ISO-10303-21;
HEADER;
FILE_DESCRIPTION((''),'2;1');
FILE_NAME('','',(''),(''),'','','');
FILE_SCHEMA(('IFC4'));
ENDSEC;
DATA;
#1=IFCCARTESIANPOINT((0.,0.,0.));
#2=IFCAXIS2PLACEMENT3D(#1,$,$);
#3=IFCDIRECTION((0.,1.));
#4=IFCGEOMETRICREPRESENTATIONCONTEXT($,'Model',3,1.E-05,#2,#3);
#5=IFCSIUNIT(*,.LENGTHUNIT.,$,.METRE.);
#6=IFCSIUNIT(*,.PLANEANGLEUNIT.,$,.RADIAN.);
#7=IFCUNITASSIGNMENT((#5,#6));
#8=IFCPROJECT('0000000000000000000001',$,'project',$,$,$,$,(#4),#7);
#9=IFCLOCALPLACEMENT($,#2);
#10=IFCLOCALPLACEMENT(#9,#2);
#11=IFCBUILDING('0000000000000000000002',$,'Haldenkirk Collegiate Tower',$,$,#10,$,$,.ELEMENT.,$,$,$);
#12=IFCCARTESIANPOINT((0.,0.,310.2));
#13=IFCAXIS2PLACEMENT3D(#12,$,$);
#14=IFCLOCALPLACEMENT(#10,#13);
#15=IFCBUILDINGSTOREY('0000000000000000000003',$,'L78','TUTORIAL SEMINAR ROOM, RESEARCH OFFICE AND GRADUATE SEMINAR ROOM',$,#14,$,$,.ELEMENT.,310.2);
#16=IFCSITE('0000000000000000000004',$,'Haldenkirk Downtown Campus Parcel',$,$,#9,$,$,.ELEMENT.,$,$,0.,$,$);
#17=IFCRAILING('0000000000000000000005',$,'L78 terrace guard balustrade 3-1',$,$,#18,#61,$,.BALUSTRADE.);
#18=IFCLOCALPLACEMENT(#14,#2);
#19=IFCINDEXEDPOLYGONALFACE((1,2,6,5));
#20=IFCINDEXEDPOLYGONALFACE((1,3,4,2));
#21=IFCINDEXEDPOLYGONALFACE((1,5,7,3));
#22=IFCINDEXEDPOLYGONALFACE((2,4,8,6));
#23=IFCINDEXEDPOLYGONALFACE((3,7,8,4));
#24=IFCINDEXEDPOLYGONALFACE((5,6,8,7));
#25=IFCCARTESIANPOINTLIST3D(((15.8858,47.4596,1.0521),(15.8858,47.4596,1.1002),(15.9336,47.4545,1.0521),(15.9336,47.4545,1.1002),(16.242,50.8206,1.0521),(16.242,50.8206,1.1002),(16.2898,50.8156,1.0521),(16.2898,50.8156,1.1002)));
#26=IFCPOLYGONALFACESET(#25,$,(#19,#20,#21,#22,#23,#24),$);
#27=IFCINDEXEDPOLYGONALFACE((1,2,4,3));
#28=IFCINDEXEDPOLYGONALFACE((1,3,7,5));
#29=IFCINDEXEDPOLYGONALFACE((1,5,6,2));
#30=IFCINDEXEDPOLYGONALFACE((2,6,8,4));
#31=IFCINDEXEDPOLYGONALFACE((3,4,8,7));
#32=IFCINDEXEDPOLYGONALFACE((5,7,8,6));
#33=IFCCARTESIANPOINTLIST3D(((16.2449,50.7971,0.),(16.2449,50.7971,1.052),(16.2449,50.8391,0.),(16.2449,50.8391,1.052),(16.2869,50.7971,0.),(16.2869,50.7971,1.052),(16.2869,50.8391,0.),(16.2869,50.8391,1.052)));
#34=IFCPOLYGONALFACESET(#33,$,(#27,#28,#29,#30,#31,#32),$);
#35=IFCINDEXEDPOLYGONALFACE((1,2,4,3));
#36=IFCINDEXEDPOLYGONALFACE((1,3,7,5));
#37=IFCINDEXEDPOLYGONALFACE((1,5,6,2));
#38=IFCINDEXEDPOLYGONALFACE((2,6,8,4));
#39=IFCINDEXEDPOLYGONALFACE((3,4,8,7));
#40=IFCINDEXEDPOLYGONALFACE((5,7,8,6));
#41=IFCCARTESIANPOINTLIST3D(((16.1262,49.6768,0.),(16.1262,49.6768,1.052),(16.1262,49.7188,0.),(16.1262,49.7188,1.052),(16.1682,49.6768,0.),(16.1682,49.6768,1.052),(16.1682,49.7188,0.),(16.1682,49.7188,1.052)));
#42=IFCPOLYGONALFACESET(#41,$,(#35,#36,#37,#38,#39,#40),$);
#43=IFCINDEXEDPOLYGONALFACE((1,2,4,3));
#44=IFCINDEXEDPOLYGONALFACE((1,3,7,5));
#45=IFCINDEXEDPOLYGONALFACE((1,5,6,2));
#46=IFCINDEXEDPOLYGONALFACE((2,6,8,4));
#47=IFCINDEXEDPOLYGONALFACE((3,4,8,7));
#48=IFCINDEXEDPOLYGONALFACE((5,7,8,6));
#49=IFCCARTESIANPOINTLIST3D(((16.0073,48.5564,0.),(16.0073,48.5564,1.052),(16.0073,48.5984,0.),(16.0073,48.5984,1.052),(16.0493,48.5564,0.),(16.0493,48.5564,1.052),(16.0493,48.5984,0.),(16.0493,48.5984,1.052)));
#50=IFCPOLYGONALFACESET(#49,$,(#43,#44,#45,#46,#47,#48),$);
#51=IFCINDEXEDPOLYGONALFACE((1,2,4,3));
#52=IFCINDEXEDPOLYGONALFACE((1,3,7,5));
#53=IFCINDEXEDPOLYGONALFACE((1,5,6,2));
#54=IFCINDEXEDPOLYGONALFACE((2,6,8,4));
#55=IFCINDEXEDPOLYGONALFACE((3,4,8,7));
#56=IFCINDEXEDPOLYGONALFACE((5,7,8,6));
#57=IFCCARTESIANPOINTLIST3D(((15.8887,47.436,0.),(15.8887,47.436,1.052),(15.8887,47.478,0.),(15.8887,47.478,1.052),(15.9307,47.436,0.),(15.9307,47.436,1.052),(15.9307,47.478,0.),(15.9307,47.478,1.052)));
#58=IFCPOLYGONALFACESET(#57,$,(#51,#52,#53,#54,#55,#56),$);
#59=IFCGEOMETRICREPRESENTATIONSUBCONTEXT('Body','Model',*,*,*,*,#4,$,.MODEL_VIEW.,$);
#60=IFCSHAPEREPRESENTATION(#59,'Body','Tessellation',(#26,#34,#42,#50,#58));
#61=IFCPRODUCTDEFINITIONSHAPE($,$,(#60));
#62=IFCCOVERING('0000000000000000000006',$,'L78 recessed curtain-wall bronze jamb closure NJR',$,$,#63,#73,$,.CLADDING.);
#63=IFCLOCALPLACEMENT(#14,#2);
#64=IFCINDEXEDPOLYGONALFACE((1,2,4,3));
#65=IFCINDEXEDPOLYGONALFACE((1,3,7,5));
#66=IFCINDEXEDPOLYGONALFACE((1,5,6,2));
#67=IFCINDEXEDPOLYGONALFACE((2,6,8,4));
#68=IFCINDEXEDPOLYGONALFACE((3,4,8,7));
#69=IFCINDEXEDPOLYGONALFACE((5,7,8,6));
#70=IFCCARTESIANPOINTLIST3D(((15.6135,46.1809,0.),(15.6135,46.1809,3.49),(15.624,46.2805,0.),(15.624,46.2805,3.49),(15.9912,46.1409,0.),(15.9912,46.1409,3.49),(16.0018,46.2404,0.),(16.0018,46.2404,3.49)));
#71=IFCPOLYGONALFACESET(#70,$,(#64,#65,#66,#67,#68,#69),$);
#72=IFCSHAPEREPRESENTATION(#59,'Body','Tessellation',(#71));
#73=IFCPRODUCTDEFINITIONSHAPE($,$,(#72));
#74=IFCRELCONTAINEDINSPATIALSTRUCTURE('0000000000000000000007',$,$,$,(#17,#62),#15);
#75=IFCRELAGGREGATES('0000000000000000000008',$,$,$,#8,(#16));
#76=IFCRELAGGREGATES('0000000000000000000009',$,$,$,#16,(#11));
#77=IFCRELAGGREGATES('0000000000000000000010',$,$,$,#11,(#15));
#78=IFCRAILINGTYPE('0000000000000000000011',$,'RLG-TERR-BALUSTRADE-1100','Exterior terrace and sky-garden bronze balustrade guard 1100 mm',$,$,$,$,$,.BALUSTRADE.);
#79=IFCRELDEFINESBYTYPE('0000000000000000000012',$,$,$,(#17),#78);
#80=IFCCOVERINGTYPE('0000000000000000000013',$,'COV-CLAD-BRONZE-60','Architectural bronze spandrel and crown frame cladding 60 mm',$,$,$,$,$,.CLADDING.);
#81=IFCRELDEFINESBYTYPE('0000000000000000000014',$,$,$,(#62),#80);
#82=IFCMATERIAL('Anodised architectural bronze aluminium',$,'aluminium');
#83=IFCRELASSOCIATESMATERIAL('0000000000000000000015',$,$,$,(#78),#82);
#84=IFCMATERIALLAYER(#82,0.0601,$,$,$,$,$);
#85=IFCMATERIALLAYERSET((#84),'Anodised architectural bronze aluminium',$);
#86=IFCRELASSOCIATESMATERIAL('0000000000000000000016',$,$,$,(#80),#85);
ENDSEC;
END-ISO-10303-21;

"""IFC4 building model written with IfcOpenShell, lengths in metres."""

from ifc_helpers import new_model, si_unit, direction, frame, origin, origin_2d, place, context, subcontext, project, spatial, rectangle, extrude, source, transform, mapped, material, layer, layer_set, type_object, element, save


model = new_model("IFC4")

# Units and contexts
model_context = context("Model", 3, precision=1e-05, world=origin(), true_north=direction((0.0, 1.0)))
body_context = subcontext(model_context, "Body", "Model", "MODEL_VIEW")
ifc_project = project(units=[si_unit("LENGTHUNIT", "METRE"), si_unit("PLANEANGLEUNIT", "RADIAN")], contexts=[model_context])

# Site, building, storey
site_placement = place(None, origin())
site = spatial("IfcSite", under=ifc_project, at=site_placement, Name="Haldenkirk Downtown Campus Parcel", CompositionType="ELEMENT", RefElevation=0.0)
building_placement = place(site_placement, origin())
building = spatial("IfcBuilding", under=site, at=building_placement, Name="Haldenkirk Collegiate Tower", CompositionType="ELEMENT")
storey_placement = place(building_placement, frame((0.0, 0.0, 310.2)))
storey = spatial("IfcBuildingStorey", under=building, at=storey_placement, Name="L78", Description="TUTORIAL SEMINAR ROOM, RESEARCH OFFICE AND GRADUATE SEMINAR ROOM", CompositionType="ELEMENT", Elevation=310.2)

# Shared definitions
ifc_material_1 = material(Name="Anodised architectural bronze aluminium", Category="aluminium")

# Railing
railing_type = type_object("IfcRailingType", Name="RLG-TERR-BALUSTRADE-1100", Description="Exterior terrace and sky-garden bronze balustrade guard 1100 mm", PredefinedType="BALUSTRADE", material=ifc_material_1)
railing_1_placement = place(storey_placement, frame((16.2659, 50.8181, 0.0)))
element("IfcRailing", 1, at=railing_1_placement, inside=storey, type_object=railing_type, Name="L78 terrace guard balustrade 3-1", PredefinedType="BALUSTRADE", context=body_context, shape_type="SweptSolid", body=[
    extrude(rectangle(XDim=0.0481, YDim=0.0481, at=origin_2d()), frame((0.0, 0.0, 1.0762), z_axis=(-0.105388, -0.994431, 0.0), x_axis=(0.994431, -0.105388, 0.0)), (0.0, 0.0, 1.0), 3.3799),
    extrude(rectangle(XDim=0.042, YDim=0.042, at=origin_2d()), origin(), (0.0, 0.0, 1.0), 1.052),
    extrude(rectangle(XDim=0.042, YDim=0.042, at=origin_2d()), frame((-0.1187, -1.1204, 0.0)), (0.0, 0.0, 1.0), 1.052),
    extrude(rectangle(XDim=0.042, YDim=0.042, at=origin_2d()), frame((-0.2375, -2.2407, 0.0)), (0.0, 0.0, 1.0), 1.052),
    extrude(rectangle(XDim=0.042, YDim=0.042, at=origin_2d()), frame((-0.3562, -3.3611, 0.0)), (0.0, 0.0, 1.0), 1.052),
])

# Covering
ifc_layer_1 = layer(ifc_material_1, 0.0601)
ifc_layer_set_1 = layer_set([ifc_layer_1], Name="Anodised architectural bronze aluminium")
covering_type = type_object("IfcCoveringType", Name="COV-CLAD-BRONZE-60", Description="Architectural bronze spandrel and crown frame cladding 60 mm", PredefinedType="CLADDING", material=ifc_layer_set_1)
shared_shape_1 = source(origin(), body_context, "Body", "SweptSolid", [
    extrude(rectangle(XDim=0.1001, YDim=0.3799, at=origin_2d()), origin(), (0.0, 0.0, 1.0), 3.49),
])
covering_placement = place(storey_placement, frame((15.8076, 46.2107, 0.0), z_axis=(0.0, 0.0, 1.0), x_axis=(0.105396, 0.99443, 0.0)))
element("IfcCovering", 2, at=covering_placement, inside=storey, type_object=covering_type, Name="L78 recessed curtain-wall bronze jamb closure NJR", PredefinedType="CLADDING", context=body_context, shape_type="MappedRepresentation", body=[
    mapped(shared_shape_1, transform((0.0, 0.0, 0.0), x_axis=(1.0, 0.0, 0.0), y_axis=(0.0, 1.0, 0.0), z_axis=(0.0, 0.0, 1.0), scale=1.0)),
])

save(model, "model.ifc")
